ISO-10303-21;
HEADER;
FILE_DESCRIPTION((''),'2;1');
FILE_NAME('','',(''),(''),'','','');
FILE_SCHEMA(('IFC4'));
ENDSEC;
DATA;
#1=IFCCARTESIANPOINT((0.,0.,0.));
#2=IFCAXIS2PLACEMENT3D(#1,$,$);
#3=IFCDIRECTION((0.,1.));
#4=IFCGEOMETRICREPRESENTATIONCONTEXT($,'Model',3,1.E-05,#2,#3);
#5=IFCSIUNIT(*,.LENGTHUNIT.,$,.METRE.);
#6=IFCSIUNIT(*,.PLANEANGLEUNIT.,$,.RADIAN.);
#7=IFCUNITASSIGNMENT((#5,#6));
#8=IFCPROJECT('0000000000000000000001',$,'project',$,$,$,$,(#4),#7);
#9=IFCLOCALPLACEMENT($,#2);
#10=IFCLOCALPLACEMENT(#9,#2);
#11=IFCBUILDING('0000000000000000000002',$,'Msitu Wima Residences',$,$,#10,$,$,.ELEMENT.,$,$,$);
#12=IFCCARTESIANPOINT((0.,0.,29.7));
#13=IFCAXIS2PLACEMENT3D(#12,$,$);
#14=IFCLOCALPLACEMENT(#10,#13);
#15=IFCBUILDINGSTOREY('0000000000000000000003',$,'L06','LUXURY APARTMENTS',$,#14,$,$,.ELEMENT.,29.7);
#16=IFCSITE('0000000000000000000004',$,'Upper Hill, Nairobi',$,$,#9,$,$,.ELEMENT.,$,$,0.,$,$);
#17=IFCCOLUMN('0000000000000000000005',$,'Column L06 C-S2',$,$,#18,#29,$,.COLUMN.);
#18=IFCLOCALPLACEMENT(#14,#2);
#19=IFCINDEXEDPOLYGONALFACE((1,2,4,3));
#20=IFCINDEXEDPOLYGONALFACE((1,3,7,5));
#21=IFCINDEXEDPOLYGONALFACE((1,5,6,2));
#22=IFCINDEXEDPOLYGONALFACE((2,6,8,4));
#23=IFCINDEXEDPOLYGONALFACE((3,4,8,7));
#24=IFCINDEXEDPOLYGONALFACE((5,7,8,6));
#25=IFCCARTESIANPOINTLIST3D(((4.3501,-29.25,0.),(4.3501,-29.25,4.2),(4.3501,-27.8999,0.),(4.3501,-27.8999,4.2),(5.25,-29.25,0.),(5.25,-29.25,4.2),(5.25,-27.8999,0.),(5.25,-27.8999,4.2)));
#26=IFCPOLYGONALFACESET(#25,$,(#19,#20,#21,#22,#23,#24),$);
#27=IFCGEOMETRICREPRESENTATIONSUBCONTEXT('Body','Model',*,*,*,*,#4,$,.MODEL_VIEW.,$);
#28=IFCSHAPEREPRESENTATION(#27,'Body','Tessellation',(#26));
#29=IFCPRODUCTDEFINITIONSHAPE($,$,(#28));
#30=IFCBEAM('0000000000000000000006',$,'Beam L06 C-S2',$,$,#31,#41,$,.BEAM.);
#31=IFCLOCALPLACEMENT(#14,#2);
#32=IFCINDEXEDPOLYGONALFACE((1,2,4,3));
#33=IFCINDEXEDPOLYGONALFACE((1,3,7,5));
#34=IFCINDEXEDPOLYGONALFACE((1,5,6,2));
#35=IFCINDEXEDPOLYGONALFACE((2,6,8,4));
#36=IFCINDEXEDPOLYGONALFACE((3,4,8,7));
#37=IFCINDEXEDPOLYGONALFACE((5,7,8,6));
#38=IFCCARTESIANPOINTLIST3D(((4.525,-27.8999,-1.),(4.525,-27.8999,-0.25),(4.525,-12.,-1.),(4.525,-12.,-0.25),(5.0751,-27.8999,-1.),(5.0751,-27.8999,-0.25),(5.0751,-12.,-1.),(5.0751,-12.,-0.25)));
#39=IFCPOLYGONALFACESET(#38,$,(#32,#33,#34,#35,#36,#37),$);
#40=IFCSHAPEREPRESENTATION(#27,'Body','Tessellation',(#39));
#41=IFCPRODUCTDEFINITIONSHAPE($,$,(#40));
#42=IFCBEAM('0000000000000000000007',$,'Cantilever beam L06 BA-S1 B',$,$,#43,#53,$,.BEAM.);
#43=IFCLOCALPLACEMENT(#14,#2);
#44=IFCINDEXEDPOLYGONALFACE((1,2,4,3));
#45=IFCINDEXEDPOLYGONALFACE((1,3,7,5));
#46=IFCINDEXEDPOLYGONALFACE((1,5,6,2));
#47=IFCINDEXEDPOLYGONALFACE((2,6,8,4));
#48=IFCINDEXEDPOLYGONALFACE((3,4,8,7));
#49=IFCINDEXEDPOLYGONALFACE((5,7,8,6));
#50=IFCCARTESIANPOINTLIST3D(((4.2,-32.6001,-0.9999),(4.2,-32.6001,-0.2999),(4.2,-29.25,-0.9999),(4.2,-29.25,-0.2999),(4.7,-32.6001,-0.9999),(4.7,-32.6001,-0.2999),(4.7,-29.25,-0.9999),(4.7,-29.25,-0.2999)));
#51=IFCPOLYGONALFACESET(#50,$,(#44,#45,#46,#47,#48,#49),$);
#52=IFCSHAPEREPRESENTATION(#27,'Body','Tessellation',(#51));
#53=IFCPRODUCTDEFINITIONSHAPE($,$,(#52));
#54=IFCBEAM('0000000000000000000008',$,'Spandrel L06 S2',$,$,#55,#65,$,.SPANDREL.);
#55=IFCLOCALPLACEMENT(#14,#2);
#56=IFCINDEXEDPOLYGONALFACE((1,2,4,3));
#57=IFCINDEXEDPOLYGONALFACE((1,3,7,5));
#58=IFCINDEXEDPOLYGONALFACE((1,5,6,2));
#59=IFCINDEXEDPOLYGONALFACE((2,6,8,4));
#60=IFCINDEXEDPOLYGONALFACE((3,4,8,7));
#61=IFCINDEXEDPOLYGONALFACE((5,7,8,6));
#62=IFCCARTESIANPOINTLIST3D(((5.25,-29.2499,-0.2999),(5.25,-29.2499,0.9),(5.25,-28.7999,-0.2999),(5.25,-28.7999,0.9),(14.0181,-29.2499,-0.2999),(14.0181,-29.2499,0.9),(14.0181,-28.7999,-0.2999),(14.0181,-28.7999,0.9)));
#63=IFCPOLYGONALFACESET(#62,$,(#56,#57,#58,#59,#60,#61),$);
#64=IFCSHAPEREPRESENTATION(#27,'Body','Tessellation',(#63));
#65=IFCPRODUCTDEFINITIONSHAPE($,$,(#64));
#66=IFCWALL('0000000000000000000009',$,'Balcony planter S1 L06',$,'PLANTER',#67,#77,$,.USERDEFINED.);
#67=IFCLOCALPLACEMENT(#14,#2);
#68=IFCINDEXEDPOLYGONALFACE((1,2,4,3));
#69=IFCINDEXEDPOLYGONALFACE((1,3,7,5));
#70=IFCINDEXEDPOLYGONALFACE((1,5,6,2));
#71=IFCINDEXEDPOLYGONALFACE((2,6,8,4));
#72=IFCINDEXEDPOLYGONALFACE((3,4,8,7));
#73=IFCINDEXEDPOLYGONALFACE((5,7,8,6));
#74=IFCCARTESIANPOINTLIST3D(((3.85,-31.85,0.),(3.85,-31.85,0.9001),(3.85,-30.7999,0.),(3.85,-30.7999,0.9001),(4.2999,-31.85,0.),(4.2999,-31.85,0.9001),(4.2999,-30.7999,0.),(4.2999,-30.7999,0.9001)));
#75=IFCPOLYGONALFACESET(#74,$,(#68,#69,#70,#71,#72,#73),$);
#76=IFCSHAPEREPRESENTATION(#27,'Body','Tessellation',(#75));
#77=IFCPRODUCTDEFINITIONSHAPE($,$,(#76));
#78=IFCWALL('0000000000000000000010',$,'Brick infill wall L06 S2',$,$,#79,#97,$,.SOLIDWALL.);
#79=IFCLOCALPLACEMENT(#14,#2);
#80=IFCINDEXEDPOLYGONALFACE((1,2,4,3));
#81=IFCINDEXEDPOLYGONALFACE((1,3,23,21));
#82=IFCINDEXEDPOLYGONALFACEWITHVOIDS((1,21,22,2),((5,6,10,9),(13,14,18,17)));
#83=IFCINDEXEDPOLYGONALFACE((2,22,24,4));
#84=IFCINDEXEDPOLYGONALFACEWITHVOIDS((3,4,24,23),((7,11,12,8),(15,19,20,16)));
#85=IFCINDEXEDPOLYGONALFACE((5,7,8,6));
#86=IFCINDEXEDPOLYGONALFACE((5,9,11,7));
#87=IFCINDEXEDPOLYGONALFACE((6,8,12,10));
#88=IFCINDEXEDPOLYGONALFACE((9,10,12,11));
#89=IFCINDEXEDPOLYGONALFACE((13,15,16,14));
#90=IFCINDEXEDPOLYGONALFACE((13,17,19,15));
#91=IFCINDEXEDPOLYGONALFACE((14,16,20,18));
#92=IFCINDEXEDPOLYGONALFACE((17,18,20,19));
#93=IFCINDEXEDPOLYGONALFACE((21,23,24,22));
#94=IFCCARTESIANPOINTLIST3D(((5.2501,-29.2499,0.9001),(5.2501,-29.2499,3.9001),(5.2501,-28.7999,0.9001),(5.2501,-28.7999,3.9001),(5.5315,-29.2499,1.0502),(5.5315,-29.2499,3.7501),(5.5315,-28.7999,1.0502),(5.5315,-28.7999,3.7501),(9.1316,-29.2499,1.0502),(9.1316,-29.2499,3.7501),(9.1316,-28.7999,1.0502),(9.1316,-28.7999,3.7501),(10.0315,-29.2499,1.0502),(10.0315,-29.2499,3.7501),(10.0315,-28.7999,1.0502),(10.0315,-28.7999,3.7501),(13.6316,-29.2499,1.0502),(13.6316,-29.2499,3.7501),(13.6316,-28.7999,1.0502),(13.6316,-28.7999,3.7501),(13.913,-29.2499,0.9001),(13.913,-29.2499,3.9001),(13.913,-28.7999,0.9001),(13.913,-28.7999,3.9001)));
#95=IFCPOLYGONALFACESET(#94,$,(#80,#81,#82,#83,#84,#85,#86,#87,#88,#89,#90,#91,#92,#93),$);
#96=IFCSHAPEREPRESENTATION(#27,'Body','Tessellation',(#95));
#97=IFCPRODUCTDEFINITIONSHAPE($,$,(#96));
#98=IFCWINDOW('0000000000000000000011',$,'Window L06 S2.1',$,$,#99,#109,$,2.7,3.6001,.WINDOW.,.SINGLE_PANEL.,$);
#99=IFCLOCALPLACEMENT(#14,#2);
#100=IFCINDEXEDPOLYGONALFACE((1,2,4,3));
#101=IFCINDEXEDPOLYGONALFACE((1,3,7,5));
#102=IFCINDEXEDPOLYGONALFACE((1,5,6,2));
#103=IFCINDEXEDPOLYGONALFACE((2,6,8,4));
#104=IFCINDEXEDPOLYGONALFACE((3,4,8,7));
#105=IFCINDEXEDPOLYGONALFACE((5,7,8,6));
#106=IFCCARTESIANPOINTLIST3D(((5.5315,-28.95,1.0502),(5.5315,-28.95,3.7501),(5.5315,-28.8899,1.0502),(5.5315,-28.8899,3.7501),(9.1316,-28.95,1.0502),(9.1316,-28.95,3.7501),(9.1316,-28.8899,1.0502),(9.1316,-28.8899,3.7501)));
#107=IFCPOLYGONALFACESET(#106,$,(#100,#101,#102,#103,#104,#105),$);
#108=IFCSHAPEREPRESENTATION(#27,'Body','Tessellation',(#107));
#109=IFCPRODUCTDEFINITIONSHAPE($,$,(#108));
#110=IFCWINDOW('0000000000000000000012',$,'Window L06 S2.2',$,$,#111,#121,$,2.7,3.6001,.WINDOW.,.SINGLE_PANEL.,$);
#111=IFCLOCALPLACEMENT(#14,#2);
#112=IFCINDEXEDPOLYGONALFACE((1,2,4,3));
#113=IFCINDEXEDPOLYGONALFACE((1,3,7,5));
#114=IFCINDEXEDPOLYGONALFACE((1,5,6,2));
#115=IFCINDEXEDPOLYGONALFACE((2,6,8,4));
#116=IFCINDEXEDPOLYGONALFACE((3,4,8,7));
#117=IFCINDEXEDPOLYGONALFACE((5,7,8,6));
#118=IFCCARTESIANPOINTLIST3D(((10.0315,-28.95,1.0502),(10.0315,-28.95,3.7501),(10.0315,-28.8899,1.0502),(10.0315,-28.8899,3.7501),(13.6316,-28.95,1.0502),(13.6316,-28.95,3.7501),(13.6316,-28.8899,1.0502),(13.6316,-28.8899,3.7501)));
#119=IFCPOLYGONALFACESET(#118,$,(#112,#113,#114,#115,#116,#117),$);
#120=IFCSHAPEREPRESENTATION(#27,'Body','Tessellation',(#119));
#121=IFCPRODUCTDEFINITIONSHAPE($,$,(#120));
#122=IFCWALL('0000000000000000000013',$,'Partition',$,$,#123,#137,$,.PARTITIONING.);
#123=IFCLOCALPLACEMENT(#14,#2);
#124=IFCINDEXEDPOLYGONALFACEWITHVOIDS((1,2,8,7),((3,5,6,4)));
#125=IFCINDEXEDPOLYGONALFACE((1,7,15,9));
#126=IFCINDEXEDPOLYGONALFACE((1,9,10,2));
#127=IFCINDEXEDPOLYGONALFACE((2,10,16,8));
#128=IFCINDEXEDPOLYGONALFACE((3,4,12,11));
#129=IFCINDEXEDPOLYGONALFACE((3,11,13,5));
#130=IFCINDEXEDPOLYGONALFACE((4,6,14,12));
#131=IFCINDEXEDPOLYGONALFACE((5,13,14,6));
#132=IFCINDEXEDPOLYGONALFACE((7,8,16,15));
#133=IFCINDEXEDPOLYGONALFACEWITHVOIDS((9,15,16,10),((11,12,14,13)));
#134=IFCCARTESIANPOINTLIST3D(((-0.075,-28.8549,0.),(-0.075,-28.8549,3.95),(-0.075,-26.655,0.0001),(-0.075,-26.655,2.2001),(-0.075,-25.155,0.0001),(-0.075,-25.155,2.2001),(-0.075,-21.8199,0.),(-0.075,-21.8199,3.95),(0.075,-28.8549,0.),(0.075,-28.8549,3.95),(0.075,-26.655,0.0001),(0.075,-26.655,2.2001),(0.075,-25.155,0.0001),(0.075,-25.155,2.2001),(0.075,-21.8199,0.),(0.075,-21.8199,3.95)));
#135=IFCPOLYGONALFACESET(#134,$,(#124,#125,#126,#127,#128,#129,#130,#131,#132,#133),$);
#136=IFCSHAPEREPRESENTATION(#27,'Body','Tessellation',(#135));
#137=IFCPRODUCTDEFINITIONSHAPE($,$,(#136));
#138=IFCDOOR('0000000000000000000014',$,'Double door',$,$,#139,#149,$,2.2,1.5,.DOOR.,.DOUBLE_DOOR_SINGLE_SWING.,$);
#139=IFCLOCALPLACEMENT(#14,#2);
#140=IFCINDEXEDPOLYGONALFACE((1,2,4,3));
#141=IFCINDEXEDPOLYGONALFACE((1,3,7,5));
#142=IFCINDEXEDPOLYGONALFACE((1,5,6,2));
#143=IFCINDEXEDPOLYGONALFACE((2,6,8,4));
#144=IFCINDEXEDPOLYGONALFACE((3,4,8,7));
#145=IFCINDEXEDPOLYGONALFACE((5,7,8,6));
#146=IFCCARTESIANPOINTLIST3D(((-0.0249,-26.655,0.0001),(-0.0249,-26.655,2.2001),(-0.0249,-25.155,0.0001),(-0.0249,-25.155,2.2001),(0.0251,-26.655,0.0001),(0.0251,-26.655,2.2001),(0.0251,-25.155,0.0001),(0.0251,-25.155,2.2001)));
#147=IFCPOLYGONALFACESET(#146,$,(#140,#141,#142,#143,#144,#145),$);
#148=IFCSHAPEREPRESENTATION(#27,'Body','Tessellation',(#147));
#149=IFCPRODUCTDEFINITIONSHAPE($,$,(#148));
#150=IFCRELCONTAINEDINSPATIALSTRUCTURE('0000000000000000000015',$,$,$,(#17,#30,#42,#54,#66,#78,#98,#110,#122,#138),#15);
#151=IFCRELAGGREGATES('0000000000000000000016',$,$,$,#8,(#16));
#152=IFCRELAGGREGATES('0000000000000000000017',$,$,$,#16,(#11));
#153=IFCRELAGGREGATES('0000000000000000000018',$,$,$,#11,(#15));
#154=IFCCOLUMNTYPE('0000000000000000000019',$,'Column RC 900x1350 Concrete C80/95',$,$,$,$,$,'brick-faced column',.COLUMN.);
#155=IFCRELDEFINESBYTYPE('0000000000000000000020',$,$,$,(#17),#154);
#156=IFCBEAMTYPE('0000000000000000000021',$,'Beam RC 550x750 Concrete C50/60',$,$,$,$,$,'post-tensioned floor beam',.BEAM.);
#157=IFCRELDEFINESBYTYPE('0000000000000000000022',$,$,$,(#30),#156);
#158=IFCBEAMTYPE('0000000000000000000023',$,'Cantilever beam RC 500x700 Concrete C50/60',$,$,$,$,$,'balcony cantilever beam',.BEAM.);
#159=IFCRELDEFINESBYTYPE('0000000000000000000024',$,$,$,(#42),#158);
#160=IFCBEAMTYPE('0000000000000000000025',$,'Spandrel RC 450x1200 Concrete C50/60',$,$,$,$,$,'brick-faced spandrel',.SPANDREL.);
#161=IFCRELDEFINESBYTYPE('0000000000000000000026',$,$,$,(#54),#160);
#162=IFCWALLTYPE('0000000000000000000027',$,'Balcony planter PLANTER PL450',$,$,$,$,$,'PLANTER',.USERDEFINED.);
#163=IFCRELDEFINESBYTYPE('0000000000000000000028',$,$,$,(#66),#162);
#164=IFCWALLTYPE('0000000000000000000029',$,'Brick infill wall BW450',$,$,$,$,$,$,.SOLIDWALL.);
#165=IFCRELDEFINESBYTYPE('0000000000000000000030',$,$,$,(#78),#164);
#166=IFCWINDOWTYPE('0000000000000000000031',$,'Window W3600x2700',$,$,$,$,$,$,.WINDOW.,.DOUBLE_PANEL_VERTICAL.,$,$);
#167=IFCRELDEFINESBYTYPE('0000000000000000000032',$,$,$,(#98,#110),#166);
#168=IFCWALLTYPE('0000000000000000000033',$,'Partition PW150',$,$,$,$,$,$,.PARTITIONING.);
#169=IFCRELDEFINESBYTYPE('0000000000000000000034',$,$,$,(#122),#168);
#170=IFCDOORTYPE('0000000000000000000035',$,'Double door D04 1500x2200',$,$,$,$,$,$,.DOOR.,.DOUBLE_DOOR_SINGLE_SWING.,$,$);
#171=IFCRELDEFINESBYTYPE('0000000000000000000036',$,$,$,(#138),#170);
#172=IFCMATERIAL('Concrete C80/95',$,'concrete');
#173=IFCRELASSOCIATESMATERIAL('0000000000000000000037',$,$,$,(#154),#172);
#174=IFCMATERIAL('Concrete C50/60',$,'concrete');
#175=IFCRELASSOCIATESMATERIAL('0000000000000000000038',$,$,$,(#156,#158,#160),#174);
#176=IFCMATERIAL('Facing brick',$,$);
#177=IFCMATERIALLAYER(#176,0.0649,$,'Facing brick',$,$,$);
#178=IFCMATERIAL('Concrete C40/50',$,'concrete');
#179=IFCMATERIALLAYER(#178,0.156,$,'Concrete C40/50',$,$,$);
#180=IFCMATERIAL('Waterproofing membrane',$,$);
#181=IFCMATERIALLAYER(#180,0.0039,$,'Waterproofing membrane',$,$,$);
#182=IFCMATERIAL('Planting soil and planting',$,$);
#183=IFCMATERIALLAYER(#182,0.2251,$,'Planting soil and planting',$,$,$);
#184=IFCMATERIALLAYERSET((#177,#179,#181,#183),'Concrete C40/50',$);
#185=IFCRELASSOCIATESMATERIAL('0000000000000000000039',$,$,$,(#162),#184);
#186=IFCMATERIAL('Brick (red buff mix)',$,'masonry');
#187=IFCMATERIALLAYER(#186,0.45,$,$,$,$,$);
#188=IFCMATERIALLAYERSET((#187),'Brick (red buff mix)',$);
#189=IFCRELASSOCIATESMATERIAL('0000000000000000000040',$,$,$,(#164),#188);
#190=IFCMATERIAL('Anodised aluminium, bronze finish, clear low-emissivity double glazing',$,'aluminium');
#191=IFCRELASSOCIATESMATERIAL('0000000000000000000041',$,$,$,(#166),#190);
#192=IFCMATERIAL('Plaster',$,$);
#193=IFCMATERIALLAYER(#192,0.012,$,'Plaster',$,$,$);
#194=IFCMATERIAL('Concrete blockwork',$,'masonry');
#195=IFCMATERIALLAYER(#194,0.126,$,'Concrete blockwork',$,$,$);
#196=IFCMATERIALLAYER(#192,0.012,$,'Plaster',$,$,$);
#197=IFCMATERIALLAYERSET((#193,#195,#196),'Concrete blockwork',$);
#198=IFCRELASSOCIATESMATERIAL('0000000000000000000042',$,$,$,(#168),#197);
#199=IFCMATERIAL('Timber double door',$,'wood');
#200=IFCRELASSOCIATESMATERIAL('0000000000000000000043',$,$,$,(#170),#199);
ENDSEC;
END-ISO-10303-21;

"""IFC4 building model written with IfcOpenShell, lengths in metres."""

from ifc_helpers import new_model, si_unit, direction, frame, frame_2d, origin, origin_2d, place, context, subcontext, project, spatial, rectangle, extrude, material, layer, layer_set, material_profile, profile_set, type_object, element, fill, save


model = new_model("IFC4")

# Units and contexts
model_context = context("Model", 3, precision=1e-05, world=origin(), true_north=direction((0.0, 1.0)))
body_context = subcontext(model_context, "Body", "Model", "MODEL_VIEW")
ifc_project = project(units=[si_unit("LENGTHUNIT", "METRE"), si_unit("PLANEANGLEUNIT", "RADIAN")], contexts=[model_context])

# Site, building, storey
site_placement = place(None, origin())
site = spatial("IfcSite", under=ifc_project, at=site_placement, Name="Upper Hill, Nairobi", CompositionType="ELEMENT", RefElevation=0.0)
building_placement = place(site_placement, origin())
building = spatial("IfcBuilding", under=site, at=building_placement, Name="Msitu Wima Residences", CompositionType="ELEMENT")
storey_placement = place(building_placement, frame((0.0, 0.0, 29.7)))
storey = spatial("IfcBuildingStorey", under=building, at=storey_placement, Name="L06", Description="LUXURY APARTMENTS", CompositionType="ELEMENT", Elevation=29.7)

# Column
ifc_material_1 = material(Name="Concrete C80/95", Category="concrete")
ifc_material_profile_1 = material_profile(ifc_material_1, rectangle(XDim=0.8999, YDim=1.3501, at=origin_2d()), Name="RC 900x1350")
ifc_profile_set_1 = profile_set([ifc_material_profile_1], Name="Concrete C80/95")
column_type = type_object("IfcColumnType", Name="Column RC 900x1350 Concrete C80/95", ElementType="brick-faced column", PredefinedType="COLUMN", material=ifc_profile_set_1)
column_placement = place(storey_placement, frame((4.8, -28.575, 0.0), z_axis=(0.0, 0.0, 1.0), x_axis=(1.0, 0.0, 0.0)))
element("IfcColumn", 1, at=column_placement, inside=storey, type_object=column_type, Name="Column L06 C-S2", PredefinedType="COLUMN", context=body_context, shape_type="SweptSolid", body=[
    extrude(rectangle(XDim=0.8999, YDim=1.3501, at=origin_2d()), origin(), (0.0, 0.0, 1.0), 4.2),
])

# Beams
ifc_material_2 = material(Name="Concrete C50/60", Category="concrete")
ifc_material_profile_2 = material_profile(ifc_material_2, rectangle(XDim=0.55, YDim=0.75, at=origin_2d()), Name="RC 550x750")
ifc_profile_set_2 = profile_set([ifc_material_profile_2], Name="Concrete C50/60")
beam_type_1 = type_object("IfcBeamType", Name="Beam RC 550x750 Concrete C50/60", ElementType="post-tensioned floor beam", PredefinedType="BEAM", material=ifc_profile_set_2)
beam_1_placement = place(storey_placement, frame((4.8, -27.8999, -0.625), z_axis=(0.0, 1.0, 0.0), x_axis=(-1.0, 0.0, 0.0)))
element("IfcBeam", 2, at=beam_1_placement, inside=storey, type_object=beam_type_1, Name="Beam L06 C-S2", PredefinedType="BEAM", context=body_context, shape_type="SweptSolid", body=[
    extrude(rectangle(XDim=0.55, YDim=0.75, at=origin_2d()), origin(), (0.0, 0.0, 1.0), 15.8999),
])
ifc_material_profile_3 = material_profile(ifc_material_2, rectangle(XDim=0.5, YDim=0.7, at=origin_2d()), Name="RC 500x700")
ifc_profile_set_3 = profile_set([ifc_material_profile_3], Name="Concrete C50/60")
beam_type_2 = type_object("IfcBeamType", Name="Cantilever beam RC 500x700 Concrete C50/60", ElementType="balcony cantilever beam", PredefinedType="BEAM", material=ifc_profile_set_3)
beam_2_placement = place(storey_placement, frame((4.45, -29.25, -0.6499), z_axis=(0.0, -1.0, 0.0), x_axis=(1.0, 0.0, 0.0)))
element("IfcBeam", 3, at=beam_2_placement, inside=storey, type_object=beam_type_2, Name="Cantilever beam L06 BA-S1 B", PredefinedType="BEAM", context=body_context, shape_type="SweptSolid", body=[
    extrude(rectangle(XDim=0.5, YDim=0.7, at=origin_2d()), origin(), (0.0, 0.0, 1.0), 3.3501),
])
ifc_material_profile_4 = material_profile(ifc_material_2, rectangle(XDim=0.45, YDim=1.2, at=origin_2d()), Name="RC 450x1200")
ifc_profile_set_4 = profile_set([ifc_material_profile_4], Name="Concrete C50/60")
beam_type_3 = type_object("IfcBeamType", Name="Spandrel RC 450x1200 Concrete C50/60", ElementType="brick-faced spandrel", PredefinedType="SPANDREL", material=ifc_profile_set_4)
beam_3_placement = place(storey_placement, frame((5.25, -29.0249, 0.3), z_axis=(1.0, 0.0, 0.0), x_axis=(0.0, 1.0, 0.0)))
element("IfcBeam", 4, at=beam_3_placement, inside=storey, type_object=beam_type_3, Name="Spandrel L06 S2", PredefinedType="SPANDREL", context=body_context, shape_type="SweptSolid", body=[
    extrude(rectangle(XDim=0.45, YDim=1.2, at=origin_2d()), origin(), (0.0, 0.0, 1.0), 8.7681),
])

# Wall
ifc_material_3 = material(Name="Facing brick")
ifc_layer_1 = layer(ifc_material_3, 0.0649, Name="Facing brick")
ifc_material_4 = material(Name="Concrete C40/50", Category="concrete")
ifc_layer_2 = layer(ifc_material_4, 0.156, Name="Concrete C40/50")
ifc_material_5 = material(Name="Waterproofing membrane")
ifc_layer_3 = layer(ifc_material_5, 0.0039, Name="Waterproofing membrane")
ifc_material_6 = material(Name="Planting soil and planting")
ifc_layer_4 = layer(ifc_material_6, 0.2251, Name="Planting soil and planting")
ifc_layer_set_1 = layer_set([ifc_layer_1, ifc_layer_2, ifc_layer_3, ifc_layer_4], Name="Concrete C40/50")
wall_type_1 = type_object("IfcWallType", Name="Balcony planter PLANTER PL450", ElementType="PLANTER", PredefinedType="USERDEFINED", material=ifc_layer_set_1)
wall_1_placement = place(storey_placement, frame((4.075, -30.8, 0.0), z_axis=(0.0, 0.0, 1.0), x_axis=(0.0, -1.0, 0.0)))
element("IfcWall", 5, at=wall_1_placement, inside=storey, type_object=wall_type_1, Name="Balcony planter S1 L06", ObjectType="PLANTER", PredefinedType="USERDEFINED", context=body_context, shape_type="SweptSolid", body=[
    extrude(rectangle(XDim=1.05, YDim=0.45, at=frame_2d((0.5249, 0.0))), origin(), (0.0, 0.0, 1.0), 0.9001),
])

# Wall, openings, windows
ifc_material_7 = material(Name="Brick (red buff mix)", Category="masonry")
ifc_layer_5 = layer(ifc_material_7, 0.45)
ifc_layer_set_2 = layer_set([ifc_layer_5], Name="Brick (red buff mix)")
wall_type_2 = type_object("IfcWallType", Name="Brick infill wall BW450", PredefinedType="SOLIDWALL", material=ifc_layer_set_2)
wall_2_placement = place(storey_placement, frame((5.25, -29.0249, 0.9001), z_axis=(0.0, 0.0, 1.0), x_axis=(1.0, 0.0, 0.0)))
wall_2 = element("IfcWall", 6, at=wall_2_placement, inside=storey, type_object=wall_type_2, Name="Brick infill wall L06 S2", PredefinedType="SOLIDWALL", context=body_context, shape_type="SweptSolid", body=[
    extrude(rectangle(XDim=8.6628, YDim=0.45, at=frame_2d((4.3315, 0.0))), origin(), (0.0, 0.0, 1.0), 3.0),
])
opening_1_placement = place(wall_2_placement, frame((0.2815, 0.0, 0.1499)))
opening_1 = element("IfcOpeningElement", 7, at=opening_1_placement, cuts=wall_2, PredefinedType="OPENING", context=body_context, shape_type="SweptSolid", body=[
    extrude(rectangle(XDim=3.6001, YDim=2.7, at=frame_2d((1.8, 1.3501))), frame((0.0, 0.2349, 0.0), z_axis=(0.0, -1.0, 0.0), x_axis=(1.0, 0.0, 0.0)), (0.0, 0.0, 1.0), 0.47),
])
opening_2_placement = place(wall_2_placement, frame((4.7815, 0.0, 0.1499)))
opening_2 = element("IfcOpeningElement", 8, at=opening_2_placement, cuts=wall_2, PredefinedType="OPENING", context=body_context, shape_type="SweptSolid", body=[
    extrude(rectangle(XDim=3.6001, YDim=2.7, at=frame_2d((1.8, 1.3501))), frame((0.0, 0.2349, 0.0), z_axis=(0.0, -1.0, 0.0), x_axis=(1.0, 0.0, 0.0)), (0.0, 0.0, 1.0), 0.47),
])
ifc_material_8 = material(Name="Anodised aluminium, bronze finish, clear low-emissivity double glazing", Category="aluminium")
window_type = type_object("IfcWindowType", Name="Window W3600x2700", PartitioningType="DOUBLE_PANEL_VERTICAL", PredefinedType="WINDOW", material=ifc_material_8)
window_1_placement = place(opening_1_placement, origin())
window_1 = element("IfcWindow", 9, at=window_1_placement, inside=storey, type_object=window_type, Name="Window L06 S2.1", OverallHeight=2.7, OverallWidth=3.6001, PartitioningType="SINGLE_PANEL", PredefinedType="WINDOW", context=body_context, shape_type="SweptSolid", body=[
    extrude(rectangle(XDim=3.6001, YDim=2.7, at=frame_2d((1.8, 1.3501))), frame((0.0, 0.135, 0.0), z_axis=(0.0, -1.0, 0.0), x_axis=(1.0, 0.0, 0.0)), (0.0, 0.0, 1.0), 0.0601),
])
fill(opening_1, window_1)
window_2_placement = place(opening_2_placement, origin())
window_2 = element("IfcWindow", 10, at=window_2_placement, inside=storey, type_object=window_type, Name="Window L06 S2.2", OverallHeight=2.7, OverallWidth=3.6001, PartitioningType="SINGLE_PANEL", PredefinedType="WINDOW", context=body_context, shape_type="SweptSolid", body=[
    extrude(rectangle(XDim=3.6001, YDim=2.7, at=frame_2d((1.8, 1.3501))), frame((0.0, 0.135, 0.0), z_axis=(0.0, -1.0, 0.0), x_axis=(1.0, 0.0, 0.0)), (0.0, 0.0, 1.0), 0.0601),
])
fill(opening_2, window_2)

# Wall, opening, door
ifc_material_9 = material(Name="Plaster")
ifc_layer_6 = layer(ifc_material_9, 0.012, Name="Plaster")
ifc_material_10 = material(Name="Concrete blockwork", Category="masonry")
ifc_layer_7 = layer(ifc_material_10, 0.126, Name="Concrete blockwork")
ifc_layer_8 = layer(ifc_material_9, 0.012, Name="Plaster")
ifc_layer_set_3 = layer_set([ifc_layer_6, ifc_layer_7, ifc_layer_8], Name="Concrete blockwork")
wall_type_3 = type_object("IfcWallType", Name="Partition PW150", PredefinedType="PARTITIONING", material=ifc_layer_set_3)
wall_3_placement = place(storey_placement, frame((0.0, -28.855, 0.0), z_axis=(0.0, 0.0, 1.0), x_axis=(0.0, 1.0, 0.0)))
wall_3 = element("IfcWall", 11, at=wall_3_placement, inside=storey, type_object=wall_type_3, Name="Partition", PredefinedType="PARTITIONING", context=body_context, shape_type="SweptSolid", body=[
    extrude(rectangle(XDim=7.0349, YDim=0.1499, at=frame_2d((3.5176, 0.0))), origin(), (0.0, 0.0, 1.0), 3.95),
])
opening_3_placement = place(wall_3_placement, frame((2.2, 0.0, 0.0)))
opening_3 = element("IfcOpeningElement", 12, at=opening_3_placement, cuts=wall_3, PredefinedType="OPENING", context=body_context, shape_type="SweptSolid", body=[
    extrude(rectangle(XDim=1.5, YDim=2.2, at=frame_2d((0.75, 1.1001))), frame((0.0, 0.085, 0.0), z_axis=(0.0, -1.0, 0.0), x_axis=(1.0, 0.0, 0.0)), (0.0, 0.0, 1.0), 0.1699),
])
ifc_material_11 = material(Name="Timber double door", Category="wood")
door_type_1 = type_object("IfcDoorType", Name="Double door D04 1500x2200", OperationType="DOUBLE_DOOR_SINGLE_SWING", PredefinedType="DOOR", material=ifc_material_11)
door_1_placement = place(opening_3_placement, origin())
door_1 = element("IfcDoor", 13, at=door_1_placement, inside=storey, type_object=door_type_1, Name="Double door", OperationType="DOUBLE_DOOR_SINGLE_SWING", OverallHeight=2.2, OverallWidth=1.5, PredefinedType="DOOR", context=body_context, shape_type="SweptSolid", body=[
    extrude(rectangle(XDim=1.5, YDim=2.2, at=frame_2d((0.75, 1.1001))), frame((0.0, 0.0249, 0.0), z_axis=(0.0, -1.0, 0.0), x_axis=(1.0, 0.0, 0.0)), (0.0, 0.0, 1.0), 0.05),
])
fill(opening_3, door_1)

save(model, "model.ifc")
